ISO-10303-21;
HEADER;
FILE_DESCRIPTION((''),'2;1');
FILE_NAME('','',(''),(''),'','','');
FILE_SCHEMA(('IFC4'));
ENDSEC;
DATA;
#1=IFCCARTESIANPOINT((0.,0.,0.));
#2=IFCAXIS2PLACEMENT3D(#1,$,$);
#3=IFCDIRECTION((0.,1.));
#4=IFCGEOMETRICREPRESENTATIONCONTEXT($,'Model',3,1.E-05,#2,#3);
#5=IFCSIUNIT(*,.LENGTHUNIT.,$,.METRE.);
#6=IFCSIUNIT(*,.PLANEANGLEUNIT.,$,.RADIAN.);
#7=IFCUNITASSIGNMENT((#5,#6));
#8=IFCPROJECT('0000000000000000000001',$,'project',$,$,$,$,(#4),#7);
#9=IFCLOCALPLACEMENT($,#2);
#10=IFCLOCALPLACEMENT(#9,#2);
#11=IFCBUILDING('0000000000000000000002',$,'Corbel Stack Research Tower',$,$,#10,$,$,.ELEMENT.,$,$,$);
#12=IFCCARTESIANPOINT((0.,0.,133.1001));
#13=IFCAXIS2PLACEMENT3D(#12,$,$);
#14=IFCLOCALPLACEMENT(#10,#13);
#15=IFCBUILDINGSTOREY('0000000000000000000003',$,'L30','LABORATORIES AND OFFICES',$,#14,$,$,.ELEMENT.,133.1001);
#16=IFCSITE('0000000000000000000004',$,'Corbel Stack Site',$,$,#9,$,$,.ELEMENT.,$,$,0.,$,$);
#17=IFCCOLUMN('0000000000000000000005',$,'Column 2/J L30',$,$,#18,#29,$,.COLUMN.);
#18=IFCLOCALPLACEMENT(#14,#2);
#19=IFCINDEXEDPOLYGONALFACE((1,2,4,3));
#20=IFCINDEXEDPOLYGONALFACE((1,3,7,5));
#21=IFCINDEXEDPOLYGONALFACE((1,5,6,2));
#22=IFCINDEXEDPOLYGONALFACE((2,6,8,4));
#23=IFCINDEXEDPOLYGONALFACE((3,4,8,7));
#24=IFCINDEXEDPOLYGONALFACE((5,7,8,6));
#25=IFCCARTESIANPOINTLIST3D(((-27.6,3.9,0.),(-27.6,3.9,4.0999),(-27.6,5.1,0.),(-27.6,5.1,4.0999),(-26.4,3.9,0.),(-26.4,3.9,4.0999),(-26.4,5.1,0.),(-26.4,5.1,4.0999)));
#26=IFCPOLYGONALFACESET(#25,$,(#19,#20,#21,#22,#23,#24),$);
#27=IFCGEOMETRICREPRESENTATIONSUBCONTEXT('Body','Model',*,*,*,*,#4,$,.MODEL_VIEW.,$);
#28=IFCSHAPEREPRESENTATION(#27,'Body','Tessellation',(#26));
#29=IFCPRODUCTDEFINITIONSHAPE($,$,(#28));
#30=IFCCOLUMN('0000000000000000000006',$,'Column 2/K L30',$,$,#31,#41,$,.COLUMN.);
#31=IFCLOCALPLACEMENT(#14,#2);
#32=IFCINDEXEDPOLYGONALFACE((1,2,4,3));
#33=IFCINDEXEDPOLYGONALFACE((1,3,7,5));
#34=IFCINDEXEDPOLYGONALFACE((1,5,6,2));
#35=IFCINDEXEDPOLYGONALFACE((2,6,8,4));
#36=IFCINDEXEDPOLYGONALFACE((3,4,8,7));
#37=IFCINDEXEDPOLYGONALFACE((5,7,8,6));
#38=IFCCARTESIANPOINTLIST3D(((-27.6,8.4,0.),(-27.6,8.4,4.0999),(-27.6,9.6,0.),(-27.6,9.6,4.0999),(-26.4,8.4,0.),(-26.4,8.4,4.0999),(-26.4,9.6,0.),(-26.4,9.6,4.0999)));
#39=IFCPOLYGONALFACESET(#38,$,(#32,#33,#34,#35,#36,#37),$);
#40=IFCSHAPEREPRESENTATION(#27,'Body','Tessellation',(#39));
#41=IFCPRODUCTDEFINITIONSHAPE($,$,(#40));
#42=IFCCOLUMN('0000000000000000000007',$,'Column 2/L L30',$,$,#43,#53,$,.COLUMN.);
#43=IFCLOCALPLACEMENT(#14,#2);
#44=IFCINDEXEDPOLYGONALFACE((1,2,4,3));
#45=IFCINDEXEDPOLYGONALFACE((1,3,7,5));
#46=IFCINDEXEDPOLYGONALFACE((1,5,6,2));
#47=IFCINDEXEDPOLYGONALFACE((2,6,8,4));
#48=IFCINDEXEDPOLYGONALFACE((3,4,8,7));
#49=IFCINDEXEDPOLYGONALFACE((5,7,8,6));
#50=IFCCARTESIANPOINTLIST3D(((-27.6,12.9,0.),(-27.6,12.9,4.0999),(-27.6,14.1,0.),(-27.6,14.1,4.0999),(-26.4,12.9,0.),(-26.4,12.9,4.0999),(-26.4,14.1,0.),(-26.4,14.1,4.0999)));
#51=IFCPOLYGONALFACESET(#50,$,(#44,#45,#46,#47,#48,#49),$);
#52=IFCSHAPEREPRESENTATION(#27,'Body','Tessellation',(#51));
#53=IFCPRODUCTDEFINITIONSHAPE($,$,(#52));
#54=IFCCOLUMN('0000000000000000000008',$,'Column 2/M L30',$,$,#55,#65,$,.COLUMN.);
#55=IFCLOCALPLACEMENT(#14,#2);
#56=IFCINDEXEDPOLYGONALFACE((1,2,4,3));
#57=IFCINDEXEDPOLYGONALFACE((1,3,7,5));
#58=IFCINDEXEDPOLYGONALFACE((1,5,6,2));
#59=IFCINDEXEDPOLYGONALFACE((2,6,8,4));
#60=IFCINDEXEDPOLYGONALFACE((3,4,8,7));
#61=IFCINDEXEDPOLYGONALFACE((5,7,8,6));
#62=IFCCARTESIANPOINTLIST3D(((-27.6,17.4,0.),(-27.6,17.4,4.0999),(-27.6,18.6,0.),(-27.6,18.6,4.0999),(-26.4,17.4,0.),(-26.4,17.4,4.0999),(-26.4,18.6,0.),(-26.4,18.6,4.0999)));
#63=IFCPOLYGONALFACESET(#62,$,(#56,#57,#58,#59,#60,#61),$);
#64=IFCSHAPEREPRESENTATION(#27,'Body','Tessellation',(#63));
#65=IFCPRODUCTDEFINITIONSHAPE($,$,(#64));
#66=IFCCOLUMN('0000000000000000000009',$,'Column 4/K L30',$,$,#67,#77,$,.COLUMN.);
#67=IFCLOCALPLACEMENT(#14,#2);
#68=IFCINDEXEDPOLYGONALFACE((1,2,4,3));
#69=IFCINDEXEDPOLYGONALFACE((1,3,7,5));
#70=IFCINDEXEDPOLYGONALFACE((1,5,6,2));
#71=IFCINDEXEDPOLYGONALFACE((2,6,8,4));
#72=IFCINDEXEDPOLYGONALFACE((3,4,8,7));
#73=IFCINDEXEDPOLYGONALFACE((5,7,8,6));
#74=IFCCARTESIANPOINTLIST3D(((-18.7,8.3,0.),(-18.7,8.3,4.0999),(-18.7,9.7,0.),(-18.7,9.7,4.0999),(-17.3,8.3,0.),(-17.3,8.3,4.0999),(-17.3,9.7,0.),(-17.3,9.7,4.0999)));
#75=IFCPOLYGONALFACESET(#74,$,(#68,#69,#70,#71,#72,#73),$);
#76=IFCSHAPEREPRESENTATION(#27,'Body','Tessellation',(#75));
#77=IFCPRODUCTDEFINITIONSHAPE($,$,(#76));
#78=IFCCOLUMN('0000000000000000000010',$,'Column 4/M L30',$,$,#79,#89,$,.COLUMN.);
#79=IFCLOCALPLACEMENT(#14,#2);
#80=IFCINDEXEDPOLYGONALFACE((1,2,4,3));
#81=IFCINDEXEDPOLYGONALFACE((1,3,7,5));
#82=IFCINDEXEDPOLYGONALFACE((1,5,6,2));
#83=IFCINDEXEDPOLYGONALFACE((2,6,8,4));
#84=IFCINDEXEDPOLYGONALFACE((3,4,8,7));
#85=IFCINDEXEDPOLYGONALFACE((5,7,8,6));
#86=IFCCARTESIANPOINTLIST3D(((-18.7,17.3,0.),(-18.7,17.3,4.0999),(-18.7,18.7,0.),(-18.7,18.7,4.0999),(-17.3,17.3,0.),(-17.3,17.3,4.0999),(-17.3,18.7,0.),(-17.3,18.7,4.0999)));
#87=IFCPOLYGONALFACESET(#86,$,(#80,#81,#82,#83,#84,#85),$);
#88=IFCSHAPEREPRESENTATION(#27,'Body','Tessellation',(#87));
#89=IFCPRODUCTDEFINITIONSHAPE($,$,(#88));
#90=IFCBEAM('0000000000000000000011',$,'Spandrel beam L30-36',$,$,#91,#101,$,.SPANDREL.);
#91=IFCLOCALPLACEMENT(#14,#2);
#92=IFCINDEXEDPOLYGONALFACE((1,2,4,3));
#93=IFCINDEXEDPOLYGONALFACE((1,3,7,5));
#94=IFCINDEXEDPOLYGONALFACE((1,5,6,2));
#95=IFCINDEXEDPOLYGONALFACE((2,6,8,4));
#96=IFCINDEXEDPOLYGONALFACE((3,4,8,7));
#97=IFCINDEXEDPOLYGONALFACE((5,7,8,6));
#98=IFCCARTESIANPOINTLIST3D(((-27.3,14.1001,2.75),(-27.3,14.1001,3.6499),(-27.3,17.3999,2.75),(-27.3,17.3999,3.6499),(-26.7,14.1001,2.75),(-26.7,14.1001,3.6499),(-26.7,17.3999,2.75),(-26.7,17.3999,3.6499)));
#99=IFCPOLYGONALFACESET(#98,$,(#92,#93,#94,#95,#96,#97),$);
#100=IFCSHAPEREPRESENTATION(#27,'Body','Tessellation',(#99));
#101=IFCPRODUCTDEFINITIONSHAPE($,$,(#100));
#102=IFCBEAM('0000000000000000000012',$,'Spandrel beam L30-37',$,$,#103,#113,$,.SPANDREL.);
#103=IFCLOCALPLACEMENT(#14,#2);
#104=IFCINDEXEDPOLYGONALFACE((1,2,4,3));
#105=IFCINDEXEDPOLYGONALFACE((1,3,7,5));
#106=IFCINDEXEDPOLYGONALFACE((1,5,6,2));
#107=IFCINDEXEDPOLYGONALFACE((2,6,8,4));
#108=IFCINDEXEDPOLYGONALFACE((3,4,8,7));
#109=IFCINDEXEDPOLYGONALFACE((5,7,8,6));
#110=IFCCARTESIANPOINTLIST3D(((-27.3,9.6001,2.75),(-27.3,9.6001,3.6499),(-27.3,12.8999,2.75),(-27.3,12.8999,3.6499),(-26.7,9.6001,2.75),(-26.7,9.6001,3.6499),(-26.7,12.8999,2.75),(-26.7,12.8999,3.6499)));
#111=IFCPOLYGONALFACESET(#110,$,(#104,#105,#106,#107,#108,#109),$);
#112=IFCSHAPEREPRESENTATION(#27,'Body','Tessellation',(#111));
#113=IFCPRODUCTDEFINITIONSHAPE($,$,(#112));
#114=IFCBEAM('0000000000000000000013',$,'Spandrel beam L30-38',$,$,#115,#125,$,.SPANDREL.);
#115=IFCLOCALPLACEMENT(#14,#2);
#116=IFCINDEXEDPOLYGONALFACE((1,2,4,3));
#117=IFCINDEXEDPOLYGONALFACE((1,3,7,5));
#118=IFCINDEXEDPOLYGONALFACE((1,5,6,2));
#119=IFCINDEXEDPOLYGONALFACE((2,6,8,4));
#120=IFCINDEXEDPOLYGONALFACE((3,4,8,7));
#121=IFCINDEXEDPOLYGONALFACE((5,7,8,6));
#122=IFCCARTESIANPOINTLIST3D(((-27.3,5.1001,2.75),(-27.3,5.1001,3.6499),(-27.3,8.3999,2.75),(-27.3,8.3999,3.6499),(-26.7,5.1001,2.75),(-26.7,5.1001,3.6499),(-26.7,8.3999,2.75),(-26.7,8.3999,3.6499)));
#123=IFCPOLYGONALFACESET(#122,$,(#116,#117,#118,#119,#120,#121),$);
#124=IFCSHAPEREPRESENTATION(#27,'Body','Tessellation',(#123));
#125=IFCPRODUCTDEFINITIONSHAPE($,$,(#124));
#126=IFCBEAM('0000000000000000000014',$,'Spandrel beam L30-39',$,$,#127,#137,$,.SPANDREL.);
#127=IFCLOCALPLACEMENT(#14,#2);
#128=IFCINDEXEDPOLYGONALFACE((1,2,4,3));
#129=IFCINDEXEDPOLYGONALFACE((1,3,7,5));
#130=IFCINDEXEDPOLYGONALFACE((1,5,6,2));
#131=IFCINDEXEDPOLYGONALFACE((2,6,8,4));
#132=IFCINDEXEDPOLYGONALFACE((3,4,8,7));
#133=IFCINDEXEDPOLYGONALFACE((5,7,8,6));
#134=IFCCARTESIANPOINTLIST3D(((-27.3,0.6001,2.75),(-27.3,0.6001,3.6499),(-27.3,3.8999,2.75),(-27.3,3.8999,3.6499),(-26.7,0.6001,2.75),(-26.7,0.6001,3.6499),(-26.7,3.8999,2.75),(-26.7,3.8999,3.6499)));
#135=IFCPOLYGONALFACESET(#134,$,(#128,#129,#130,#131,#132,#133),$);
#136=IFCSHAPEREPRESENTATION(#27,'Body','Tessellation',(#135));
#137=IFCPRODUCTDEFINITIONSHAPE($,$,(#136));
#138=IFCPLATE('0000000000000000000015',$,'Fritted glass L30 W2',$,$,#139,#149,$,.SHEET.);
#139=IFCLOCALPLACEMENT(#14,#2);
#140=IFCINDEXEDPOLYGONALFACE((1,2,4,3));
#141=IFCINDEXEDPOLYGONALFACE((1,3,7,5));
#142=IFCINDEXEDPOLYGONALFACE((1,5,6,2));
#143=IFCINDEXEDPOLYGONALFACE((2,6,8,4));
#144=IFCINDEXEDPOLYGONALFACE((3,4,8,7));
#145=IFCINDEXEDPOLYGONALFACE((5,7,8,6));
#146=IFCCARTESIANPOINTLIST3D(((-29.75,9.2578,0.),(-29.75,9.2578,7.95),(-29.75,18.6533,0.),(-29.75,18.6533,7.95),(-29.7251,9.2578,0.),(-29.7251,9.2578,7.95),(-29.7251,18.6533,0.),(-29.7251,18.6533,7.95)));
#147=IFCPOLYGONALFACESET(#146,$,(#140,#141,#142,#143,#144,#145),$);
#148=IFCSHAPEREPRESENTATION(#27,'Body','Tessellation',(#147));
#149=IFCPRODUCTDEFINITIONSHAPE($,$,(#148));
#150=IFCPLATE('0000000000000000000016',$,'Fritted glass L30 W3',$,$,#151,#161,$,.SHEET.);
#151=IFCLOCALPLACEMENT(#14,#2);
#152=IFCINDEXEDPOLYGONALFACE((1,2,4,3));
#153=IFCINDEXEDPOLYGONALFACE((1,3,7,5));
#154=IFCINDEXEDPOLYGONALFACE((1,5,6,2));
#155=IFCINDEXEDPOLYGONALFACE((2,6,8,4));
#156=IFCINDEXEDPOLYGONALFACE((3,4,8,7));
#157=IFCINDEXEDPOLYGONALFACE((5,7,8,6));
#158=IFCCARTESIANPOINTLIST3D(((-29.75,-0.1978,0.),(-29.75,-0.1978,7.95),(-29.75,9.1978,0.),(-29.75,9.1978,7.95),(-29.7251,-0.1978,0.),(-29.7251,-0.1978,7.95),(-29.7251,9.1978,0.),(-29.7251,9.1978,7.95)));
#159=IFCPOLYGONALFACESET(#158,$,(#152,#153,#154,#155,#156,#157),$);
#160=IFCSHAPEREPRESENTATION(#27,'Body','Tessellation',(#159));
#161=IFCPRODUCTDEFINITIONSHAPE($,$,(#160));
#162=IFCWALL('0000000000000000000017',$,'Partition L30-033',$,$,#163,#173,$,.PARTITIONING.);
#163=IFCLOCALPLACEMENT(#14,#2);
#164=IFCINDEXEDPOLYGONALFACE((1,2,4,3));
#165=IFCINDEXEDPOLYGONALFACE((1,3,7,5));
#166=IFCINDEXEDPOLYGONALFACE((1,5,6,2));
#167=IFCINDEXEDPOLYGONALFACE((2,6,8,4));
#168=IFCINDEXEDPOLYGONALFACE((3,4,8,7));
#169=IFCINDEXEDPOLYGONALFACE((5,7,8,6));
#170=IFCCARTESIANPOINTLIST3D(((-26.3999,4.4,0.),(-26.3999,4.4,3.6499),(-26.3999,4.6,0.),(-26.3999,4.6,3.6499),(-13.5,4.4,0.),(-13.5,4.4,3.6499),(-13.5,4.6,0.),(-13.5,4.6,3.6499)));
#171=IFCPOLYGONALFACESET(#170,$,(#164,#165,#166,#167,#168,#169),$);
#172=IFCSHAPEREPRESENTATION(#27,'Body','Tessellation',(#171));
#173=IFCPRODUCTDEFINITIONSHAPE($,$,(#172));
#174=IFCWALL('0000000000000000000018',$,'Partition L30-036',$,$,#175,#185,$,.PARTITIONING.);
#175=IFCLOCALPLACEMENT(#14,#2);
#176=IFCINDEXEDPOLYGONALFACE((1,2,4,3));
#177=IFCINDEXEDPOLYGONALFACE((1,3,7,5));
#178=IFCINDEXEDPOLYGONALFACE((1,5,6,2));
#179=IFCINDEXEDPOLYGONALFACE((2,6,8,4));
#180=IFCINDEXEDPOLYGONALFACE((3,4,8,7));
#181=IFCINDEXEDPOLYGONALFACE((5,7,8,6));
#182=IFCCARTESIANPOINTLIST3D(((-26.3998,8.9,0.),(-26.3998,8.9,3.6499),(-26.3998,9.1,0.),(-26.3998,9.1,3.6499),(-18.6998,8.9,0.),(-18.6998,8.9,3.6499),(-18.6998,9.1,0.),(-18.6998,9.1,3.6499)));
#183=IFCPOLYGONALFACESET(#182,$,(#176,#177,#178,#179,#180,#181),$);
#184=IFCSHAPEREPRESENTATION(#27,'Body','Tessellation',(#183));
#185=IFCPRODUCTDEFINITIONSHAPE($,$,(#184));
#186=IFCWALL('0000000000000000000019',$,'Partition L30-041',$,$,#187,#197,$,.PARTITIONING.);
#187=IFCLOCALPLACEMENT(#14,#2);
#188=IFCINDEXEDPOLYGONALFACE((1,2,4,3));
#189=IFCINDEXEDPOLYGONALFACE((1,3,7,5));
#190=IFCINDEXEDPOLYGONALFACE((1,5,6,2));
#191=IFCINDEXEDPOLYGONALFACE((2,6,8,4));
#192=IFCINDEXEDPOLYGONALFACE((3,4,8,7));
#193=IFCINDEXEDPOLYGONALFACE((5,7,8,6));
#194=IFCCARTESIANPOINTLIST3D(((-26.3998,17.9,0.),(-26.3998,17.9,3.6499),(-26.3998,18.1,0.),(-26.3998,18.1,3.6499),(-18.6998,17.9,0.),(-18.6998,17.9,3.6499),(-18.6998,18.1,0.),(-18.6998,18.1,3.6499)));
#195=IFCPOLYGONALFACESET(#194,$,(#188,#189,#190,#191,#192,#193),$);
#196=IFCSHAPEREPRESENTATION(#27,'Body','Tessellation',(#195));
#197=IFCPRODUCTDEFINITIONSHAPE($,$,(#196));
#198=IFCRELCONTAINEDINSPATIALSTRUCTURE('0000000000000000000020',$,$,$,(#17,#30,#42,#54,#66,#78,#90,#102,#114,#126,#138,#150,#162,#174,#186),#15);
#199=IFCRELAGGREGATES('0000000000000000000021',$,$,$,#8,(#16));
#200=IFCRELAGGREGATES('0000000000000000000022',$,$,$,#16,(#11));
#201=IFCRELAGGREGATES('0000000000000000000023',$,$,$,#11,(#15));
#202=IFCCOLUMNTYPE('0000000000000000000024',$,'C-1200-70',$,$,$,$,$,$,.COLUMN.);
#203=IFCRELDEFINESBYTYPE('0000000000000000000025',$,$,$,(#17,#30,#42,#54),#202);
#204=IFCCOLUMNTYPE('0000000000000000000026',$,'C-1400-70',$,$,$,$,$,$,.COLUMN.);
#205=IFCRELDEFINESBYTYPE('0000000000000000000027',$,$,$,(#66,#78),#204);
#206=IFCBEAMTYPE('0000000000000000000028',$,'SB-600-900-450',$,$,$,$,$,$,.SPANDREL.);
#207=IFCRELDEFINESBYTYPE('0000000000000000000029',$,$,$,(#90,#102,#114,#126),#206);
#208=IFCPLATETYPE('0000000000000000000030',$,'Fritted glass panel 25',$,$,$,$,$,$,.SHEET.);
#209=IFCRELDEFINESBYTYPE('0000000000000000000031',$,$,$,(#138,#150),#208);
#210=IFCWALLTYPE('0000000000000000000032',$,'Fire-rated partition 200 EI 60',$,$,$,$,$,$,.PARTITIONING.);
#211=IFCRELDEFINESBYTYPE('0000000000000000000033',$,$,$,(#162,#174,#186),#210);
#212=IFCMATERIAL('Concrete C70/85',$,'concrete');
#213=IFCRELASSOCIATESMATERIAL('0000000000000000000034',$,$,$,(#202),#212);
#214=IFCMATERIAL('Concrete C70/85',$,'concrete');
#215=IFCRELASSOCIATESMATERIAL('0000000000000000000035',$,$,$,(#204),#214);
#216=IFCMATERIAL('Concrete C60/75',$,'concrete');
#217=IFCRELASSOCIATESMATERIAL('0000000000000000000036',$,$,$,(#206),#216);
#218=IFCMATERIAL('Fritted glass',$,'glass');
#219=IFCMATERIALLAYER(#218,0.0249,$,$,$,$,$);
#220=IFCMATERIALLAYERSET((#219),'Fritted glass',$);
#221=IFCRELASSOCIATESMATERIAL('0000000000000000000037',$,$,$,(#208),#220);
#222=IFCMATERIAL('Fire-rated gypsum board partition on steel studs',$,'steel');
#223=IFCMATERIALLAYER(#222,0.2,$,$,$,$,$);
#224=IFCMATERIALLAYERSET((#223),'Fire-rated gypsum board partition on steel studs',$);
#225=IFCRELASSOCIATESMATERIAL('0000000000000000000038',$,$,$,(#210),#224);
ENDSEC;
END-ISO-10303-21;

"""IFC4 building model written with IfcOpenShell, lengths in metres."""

from ifc_helpers import new_model, si_unit, direction, frame, frame_2d, origin, origin_2d, place, context, subcontext, project, spatial, rectangle, extrude, material, layer, layer_set, material_profile, profile_set, type_object, element, save


model = new_model("IFC4")

# Units and contexts
model_context = context("Model", 3, precision=1e-05, world=origin(), true_north=direction((0.0, 1.0)))
body_context = subcontext(model_context, "Body", "Model", "MODEL_VIEW")
ifc_project = project(units=[si_unit("LENGTHUNIT", "METRE"), si_unit("PLANEANGLEUNIT", "RADIAN")], contexts=[model_context])

# Site, building, storey
site_placement = place(None, origin())
site = spatial("IfcSite", under=ifc_project, at=site_placement, Name="Corbel Stack Site", CompositionType="ELEMENT", RefElevation=0.0)
building_placement = place(site_placement, origin())
building = spatial("IfcBuilding", under=site, at=building_placement, Name="Corbel Stack Research Tower", CompositionType="ELEMENT")
storey_placement = place(building_placement, frame((0.0, 0.0, 133.1001)))
storey = spatial("IfcBuildingStorey", under=building, at=storey_placement, Name="L30", Description="LABORATORIES AND OFFICES", CompositionType="ELEMENT", Elevation=133.1001)

# Columns
ifc_material_1 = material(Name="Concrete C70/85", Category="concrete")
ifc_material_profile_1 = material_profile(ifc_material_1, rectangle(XDim=1.2, YDim=1.2, at=origin_2d()), Name="RC 1200 x 1200")
ifc_profile_set_1 = profile_set([ifc_material_profile_1], Name="Concrete C70/85")
column_type_1 = type_object("IfcColumnType", Name="C-1200-70", PredefinedType="COLUMN", material=ifc_profile_set_1)
for number, where, z_axis, x_axis, name in (
    (1, (-27.0, 4.5, 0.0), (0.0, 0.0, 1.0), (1.0, 0.0, 0.0), "Column 2/J L30"),
    (2, (-27.0, 9.0, 0.0), (0.0, 0.0, 1.0), (1.0, 0.0, 0.0), "Column 2/K L30"),
    (3, (-27.0, 13.5, 0.0), (0.0, 0.0, 1.0), (1.0, 0.0, 0.0), "Column 2/L L30"),
    (4, (-27.0, 18.0, 0.0), (0.0, 0.0, 1.0), (1.0, 0.0, 0.0), "Column 2/M L30"),
):
    element("IfcColumn", number, at=place(storey_placement, frame(where, z_axis=z_axis, x_axis=x_axis)), inside=storey, type_object=column_type_1, Name=name, PredefinedType="COLUMN", context=body_context, shape_type="SweptSolid", body=[
        extrude(rectangle(XDim=1.2, YDim=1.2, at=origin_2d()), origin(), (0.0, 0.0, 1.0), 4.0999),
    ])
ifc_material_2 = material(Name="Concrete C70/85", Category="concrete")
ifc_material_profile_2 = material_profile(ifc_material_2, rectangle(XDim=1.3999, YDim=1.3999, at=origin_2d()), Name="RC 1400 x 1400")
ifc_profile_set_2 = profile_set([ifc_material_profile_2], Name="Concrete C70/85")
column_type_2 = type_object("IfcColumnType", Name="C-1400-70", PredefinedType="COLUMN", material=ifc_profile_set_2)
for number, where, z_axis, x_axis, name in (
    (5, (-18.0, 9.0, 0.0), (0.0, 0.0, 1.0), (1.0, 0.0, 0.0), "Column 4/K L30"),
    (6, (-18.0, 18.0, 0.0), (0.0, 0.0, 1.0), (1.0, 0.0, 0.0), "Column 4/M L30"),
):
    element("IfcColumn", number, at=place(storey_placement, frame(where, z_axis=z_axis, x_axis=x_axis)), inside=storey, type_object=column_type_2, Name=name, PredefinedType="COLUMN", context=body_context, shape_type="SweptSolid", body=[
        extrude(rectangle(XDim=1.3999, YDim=1.3999, at=origin_2d()), origin(), (0.0, 0.0, 1.0), 4.0999),
    ])

# Beams
ifc_material_3 = material(Name="Concrete C60/75", Category="concrete")
ifc_material_profile_3 = material_profile(ifc_material_3, rectangle(XDim=0.6001, YDim=0.8999, at=origin_2d()), Name="RC 600 x 900")
ifc_profile_set_3 = profile_set([ifc_material_profile_3], Name="Concrete C60/75")
beam_type = type_object("IfcBeamType", Name="SB-600-900-450", PredefinedType="SPANDREL", material=ifc_profile_set_3)
for number, where, z_axis, x_axis, name in (
    (7, (-27.0, 17.3999, 3.2), (0.0, -1.0, 0.0), (1.0, 0.0, 0.0), "Spandrel beam L30-36"),
    (8, (-27.0, 12.8999, 3.2), (0.0, -1.0, 0.0), (1.0, 0.0, 0.0), "Spandrel beam L30-37"),
    (9, (-27.0, 8.3999, 3.2), (0.0, -1.0, 0.0), (1.0, 0.0, 0.0), "Spandrel beam L30-38"),
    (10, (-27.0, 3.8999, 3.2), (0.0, -1.0, 0.0), (1.0, 0.0, 0.0), "Spandrel beam L30-39"),
):
    element("IfcBeam", number, at=place(storey_placement, frame(where, z_axis=z_axis, x_axis=x_axis)), inside=storey, type_object=beam_type, Name=name, PredefinedType="SPANDREL", context=body_context, shape_type="SweptSolid", body=[
        extrude(rectangle(XDim=0.6001, YDim=0.8999, at=origin_2d()), origin(), (0.0, 0.0, 1.0), 3.2998),
    ])

# Plates
ifc_material_4 = material(Name="Fritted glass", Category="glass")
ifc_layer_1 = layer(ifc_material_4, 0.0249)
ifc_layer_set_1 = layer_set([ifc_layer_1], Name="Fritted glass")
plate_type = type_object("IfcPlateType", Name="Fritted glass panel 25", PredefinedType="SHEET", material=ifc_layer_set_1)
for number, where, z_axis, x_axis, name in (
    (11, (-29.7375, 13.9556, 0.0), (0.0, 0.0, 1.0), (0.0, -1.0, 0.0), "Fritted glass L30 W2"),
    (12, (-29.7375, 4.5, 0.0), (0.0, 0.0, 1.0), (0.0, -1.0, 0.0), "Fritted glass L30 W3"),
):
    element("IfcPlate", number, at=place(storey_placement, frame(where, z_axis=z_axis, x_axis=x_axis)), inside=storey, type_object=plate_type, Name=name, PredefinedType="SHEET", context=body_context, shape_type="SweptSolid", body=[
        extrude(rectangle(XDim=9.3955, YDim=0.0249, at=origin_2d()), origin(), (0.0, 0.0, 1.0), 7.95),
    ])

# Walls
ifc_material_5 = material(Name="Fire-rated gypsum board partition on steel studs", Category="steel")
ifc_layer_2 = layer(ifc_material_5, 0.2)
ifc_layer_set_2 = layer_set([ifc_layer_2], Name="Fire-rated gypsum board partition on steel studs")
wall_type_1 = type_object("IfcWallType", Name="Fire-rated partition 200 EI 60", PredefinedType="PARTITIONING", material=ifc_layer_set_2)
wall_1_placement = place(storey_placement, frame((-26.3999, 4.5, 0.0), z_axis=(0.0, 0.0, 1.0), x_axis=(1.0, 0.0, 0.0)))
element("IfcWall", 13, at=wall_1_placement, inside=storey, type_object=wall_type_1, Name="Partition L30-033", PredefinedType="PARTITIONING", context=body_context, shape_type="SweptSolid", body=[
    extrude(rectangle(XDim=12.8999, YDim=0.2, at=frame_2d((6.45, 0.0))), origin(), (0.0, 0.0, 1.0), 3.6499),
])
for number, where, z_axis, x_axis, name in (
    (14, (-26.3999, 9.0, 0.0), (0.0, 0.0, 1.0), (1.0, 0.0, 0.0), "Partition L30-036"),
    (15, (-26.3999, 18.0, 0.0), (0.0, 0.0, 1.0), (1.0, 0.0, 0.0), "Partition L30-041"),
):
    element("IfcWall", number, at=place(storey_placement, frame(where, z_axis=z_axis, x_axis=x_axis)), inside=storey, type_object=wall_type_1, Name=name, PredefinedType="PARTITIONING", context=body_context, shape_type="SweptSolid", body=[
        extrude(rectangle(XDim=7.7, YDim=0.2, at=frame_2d((3.8501, 0.0))), origin(), (0.0, 0.0, 1.0), 3.6499),
    ])

save(model, "model.ifc")
